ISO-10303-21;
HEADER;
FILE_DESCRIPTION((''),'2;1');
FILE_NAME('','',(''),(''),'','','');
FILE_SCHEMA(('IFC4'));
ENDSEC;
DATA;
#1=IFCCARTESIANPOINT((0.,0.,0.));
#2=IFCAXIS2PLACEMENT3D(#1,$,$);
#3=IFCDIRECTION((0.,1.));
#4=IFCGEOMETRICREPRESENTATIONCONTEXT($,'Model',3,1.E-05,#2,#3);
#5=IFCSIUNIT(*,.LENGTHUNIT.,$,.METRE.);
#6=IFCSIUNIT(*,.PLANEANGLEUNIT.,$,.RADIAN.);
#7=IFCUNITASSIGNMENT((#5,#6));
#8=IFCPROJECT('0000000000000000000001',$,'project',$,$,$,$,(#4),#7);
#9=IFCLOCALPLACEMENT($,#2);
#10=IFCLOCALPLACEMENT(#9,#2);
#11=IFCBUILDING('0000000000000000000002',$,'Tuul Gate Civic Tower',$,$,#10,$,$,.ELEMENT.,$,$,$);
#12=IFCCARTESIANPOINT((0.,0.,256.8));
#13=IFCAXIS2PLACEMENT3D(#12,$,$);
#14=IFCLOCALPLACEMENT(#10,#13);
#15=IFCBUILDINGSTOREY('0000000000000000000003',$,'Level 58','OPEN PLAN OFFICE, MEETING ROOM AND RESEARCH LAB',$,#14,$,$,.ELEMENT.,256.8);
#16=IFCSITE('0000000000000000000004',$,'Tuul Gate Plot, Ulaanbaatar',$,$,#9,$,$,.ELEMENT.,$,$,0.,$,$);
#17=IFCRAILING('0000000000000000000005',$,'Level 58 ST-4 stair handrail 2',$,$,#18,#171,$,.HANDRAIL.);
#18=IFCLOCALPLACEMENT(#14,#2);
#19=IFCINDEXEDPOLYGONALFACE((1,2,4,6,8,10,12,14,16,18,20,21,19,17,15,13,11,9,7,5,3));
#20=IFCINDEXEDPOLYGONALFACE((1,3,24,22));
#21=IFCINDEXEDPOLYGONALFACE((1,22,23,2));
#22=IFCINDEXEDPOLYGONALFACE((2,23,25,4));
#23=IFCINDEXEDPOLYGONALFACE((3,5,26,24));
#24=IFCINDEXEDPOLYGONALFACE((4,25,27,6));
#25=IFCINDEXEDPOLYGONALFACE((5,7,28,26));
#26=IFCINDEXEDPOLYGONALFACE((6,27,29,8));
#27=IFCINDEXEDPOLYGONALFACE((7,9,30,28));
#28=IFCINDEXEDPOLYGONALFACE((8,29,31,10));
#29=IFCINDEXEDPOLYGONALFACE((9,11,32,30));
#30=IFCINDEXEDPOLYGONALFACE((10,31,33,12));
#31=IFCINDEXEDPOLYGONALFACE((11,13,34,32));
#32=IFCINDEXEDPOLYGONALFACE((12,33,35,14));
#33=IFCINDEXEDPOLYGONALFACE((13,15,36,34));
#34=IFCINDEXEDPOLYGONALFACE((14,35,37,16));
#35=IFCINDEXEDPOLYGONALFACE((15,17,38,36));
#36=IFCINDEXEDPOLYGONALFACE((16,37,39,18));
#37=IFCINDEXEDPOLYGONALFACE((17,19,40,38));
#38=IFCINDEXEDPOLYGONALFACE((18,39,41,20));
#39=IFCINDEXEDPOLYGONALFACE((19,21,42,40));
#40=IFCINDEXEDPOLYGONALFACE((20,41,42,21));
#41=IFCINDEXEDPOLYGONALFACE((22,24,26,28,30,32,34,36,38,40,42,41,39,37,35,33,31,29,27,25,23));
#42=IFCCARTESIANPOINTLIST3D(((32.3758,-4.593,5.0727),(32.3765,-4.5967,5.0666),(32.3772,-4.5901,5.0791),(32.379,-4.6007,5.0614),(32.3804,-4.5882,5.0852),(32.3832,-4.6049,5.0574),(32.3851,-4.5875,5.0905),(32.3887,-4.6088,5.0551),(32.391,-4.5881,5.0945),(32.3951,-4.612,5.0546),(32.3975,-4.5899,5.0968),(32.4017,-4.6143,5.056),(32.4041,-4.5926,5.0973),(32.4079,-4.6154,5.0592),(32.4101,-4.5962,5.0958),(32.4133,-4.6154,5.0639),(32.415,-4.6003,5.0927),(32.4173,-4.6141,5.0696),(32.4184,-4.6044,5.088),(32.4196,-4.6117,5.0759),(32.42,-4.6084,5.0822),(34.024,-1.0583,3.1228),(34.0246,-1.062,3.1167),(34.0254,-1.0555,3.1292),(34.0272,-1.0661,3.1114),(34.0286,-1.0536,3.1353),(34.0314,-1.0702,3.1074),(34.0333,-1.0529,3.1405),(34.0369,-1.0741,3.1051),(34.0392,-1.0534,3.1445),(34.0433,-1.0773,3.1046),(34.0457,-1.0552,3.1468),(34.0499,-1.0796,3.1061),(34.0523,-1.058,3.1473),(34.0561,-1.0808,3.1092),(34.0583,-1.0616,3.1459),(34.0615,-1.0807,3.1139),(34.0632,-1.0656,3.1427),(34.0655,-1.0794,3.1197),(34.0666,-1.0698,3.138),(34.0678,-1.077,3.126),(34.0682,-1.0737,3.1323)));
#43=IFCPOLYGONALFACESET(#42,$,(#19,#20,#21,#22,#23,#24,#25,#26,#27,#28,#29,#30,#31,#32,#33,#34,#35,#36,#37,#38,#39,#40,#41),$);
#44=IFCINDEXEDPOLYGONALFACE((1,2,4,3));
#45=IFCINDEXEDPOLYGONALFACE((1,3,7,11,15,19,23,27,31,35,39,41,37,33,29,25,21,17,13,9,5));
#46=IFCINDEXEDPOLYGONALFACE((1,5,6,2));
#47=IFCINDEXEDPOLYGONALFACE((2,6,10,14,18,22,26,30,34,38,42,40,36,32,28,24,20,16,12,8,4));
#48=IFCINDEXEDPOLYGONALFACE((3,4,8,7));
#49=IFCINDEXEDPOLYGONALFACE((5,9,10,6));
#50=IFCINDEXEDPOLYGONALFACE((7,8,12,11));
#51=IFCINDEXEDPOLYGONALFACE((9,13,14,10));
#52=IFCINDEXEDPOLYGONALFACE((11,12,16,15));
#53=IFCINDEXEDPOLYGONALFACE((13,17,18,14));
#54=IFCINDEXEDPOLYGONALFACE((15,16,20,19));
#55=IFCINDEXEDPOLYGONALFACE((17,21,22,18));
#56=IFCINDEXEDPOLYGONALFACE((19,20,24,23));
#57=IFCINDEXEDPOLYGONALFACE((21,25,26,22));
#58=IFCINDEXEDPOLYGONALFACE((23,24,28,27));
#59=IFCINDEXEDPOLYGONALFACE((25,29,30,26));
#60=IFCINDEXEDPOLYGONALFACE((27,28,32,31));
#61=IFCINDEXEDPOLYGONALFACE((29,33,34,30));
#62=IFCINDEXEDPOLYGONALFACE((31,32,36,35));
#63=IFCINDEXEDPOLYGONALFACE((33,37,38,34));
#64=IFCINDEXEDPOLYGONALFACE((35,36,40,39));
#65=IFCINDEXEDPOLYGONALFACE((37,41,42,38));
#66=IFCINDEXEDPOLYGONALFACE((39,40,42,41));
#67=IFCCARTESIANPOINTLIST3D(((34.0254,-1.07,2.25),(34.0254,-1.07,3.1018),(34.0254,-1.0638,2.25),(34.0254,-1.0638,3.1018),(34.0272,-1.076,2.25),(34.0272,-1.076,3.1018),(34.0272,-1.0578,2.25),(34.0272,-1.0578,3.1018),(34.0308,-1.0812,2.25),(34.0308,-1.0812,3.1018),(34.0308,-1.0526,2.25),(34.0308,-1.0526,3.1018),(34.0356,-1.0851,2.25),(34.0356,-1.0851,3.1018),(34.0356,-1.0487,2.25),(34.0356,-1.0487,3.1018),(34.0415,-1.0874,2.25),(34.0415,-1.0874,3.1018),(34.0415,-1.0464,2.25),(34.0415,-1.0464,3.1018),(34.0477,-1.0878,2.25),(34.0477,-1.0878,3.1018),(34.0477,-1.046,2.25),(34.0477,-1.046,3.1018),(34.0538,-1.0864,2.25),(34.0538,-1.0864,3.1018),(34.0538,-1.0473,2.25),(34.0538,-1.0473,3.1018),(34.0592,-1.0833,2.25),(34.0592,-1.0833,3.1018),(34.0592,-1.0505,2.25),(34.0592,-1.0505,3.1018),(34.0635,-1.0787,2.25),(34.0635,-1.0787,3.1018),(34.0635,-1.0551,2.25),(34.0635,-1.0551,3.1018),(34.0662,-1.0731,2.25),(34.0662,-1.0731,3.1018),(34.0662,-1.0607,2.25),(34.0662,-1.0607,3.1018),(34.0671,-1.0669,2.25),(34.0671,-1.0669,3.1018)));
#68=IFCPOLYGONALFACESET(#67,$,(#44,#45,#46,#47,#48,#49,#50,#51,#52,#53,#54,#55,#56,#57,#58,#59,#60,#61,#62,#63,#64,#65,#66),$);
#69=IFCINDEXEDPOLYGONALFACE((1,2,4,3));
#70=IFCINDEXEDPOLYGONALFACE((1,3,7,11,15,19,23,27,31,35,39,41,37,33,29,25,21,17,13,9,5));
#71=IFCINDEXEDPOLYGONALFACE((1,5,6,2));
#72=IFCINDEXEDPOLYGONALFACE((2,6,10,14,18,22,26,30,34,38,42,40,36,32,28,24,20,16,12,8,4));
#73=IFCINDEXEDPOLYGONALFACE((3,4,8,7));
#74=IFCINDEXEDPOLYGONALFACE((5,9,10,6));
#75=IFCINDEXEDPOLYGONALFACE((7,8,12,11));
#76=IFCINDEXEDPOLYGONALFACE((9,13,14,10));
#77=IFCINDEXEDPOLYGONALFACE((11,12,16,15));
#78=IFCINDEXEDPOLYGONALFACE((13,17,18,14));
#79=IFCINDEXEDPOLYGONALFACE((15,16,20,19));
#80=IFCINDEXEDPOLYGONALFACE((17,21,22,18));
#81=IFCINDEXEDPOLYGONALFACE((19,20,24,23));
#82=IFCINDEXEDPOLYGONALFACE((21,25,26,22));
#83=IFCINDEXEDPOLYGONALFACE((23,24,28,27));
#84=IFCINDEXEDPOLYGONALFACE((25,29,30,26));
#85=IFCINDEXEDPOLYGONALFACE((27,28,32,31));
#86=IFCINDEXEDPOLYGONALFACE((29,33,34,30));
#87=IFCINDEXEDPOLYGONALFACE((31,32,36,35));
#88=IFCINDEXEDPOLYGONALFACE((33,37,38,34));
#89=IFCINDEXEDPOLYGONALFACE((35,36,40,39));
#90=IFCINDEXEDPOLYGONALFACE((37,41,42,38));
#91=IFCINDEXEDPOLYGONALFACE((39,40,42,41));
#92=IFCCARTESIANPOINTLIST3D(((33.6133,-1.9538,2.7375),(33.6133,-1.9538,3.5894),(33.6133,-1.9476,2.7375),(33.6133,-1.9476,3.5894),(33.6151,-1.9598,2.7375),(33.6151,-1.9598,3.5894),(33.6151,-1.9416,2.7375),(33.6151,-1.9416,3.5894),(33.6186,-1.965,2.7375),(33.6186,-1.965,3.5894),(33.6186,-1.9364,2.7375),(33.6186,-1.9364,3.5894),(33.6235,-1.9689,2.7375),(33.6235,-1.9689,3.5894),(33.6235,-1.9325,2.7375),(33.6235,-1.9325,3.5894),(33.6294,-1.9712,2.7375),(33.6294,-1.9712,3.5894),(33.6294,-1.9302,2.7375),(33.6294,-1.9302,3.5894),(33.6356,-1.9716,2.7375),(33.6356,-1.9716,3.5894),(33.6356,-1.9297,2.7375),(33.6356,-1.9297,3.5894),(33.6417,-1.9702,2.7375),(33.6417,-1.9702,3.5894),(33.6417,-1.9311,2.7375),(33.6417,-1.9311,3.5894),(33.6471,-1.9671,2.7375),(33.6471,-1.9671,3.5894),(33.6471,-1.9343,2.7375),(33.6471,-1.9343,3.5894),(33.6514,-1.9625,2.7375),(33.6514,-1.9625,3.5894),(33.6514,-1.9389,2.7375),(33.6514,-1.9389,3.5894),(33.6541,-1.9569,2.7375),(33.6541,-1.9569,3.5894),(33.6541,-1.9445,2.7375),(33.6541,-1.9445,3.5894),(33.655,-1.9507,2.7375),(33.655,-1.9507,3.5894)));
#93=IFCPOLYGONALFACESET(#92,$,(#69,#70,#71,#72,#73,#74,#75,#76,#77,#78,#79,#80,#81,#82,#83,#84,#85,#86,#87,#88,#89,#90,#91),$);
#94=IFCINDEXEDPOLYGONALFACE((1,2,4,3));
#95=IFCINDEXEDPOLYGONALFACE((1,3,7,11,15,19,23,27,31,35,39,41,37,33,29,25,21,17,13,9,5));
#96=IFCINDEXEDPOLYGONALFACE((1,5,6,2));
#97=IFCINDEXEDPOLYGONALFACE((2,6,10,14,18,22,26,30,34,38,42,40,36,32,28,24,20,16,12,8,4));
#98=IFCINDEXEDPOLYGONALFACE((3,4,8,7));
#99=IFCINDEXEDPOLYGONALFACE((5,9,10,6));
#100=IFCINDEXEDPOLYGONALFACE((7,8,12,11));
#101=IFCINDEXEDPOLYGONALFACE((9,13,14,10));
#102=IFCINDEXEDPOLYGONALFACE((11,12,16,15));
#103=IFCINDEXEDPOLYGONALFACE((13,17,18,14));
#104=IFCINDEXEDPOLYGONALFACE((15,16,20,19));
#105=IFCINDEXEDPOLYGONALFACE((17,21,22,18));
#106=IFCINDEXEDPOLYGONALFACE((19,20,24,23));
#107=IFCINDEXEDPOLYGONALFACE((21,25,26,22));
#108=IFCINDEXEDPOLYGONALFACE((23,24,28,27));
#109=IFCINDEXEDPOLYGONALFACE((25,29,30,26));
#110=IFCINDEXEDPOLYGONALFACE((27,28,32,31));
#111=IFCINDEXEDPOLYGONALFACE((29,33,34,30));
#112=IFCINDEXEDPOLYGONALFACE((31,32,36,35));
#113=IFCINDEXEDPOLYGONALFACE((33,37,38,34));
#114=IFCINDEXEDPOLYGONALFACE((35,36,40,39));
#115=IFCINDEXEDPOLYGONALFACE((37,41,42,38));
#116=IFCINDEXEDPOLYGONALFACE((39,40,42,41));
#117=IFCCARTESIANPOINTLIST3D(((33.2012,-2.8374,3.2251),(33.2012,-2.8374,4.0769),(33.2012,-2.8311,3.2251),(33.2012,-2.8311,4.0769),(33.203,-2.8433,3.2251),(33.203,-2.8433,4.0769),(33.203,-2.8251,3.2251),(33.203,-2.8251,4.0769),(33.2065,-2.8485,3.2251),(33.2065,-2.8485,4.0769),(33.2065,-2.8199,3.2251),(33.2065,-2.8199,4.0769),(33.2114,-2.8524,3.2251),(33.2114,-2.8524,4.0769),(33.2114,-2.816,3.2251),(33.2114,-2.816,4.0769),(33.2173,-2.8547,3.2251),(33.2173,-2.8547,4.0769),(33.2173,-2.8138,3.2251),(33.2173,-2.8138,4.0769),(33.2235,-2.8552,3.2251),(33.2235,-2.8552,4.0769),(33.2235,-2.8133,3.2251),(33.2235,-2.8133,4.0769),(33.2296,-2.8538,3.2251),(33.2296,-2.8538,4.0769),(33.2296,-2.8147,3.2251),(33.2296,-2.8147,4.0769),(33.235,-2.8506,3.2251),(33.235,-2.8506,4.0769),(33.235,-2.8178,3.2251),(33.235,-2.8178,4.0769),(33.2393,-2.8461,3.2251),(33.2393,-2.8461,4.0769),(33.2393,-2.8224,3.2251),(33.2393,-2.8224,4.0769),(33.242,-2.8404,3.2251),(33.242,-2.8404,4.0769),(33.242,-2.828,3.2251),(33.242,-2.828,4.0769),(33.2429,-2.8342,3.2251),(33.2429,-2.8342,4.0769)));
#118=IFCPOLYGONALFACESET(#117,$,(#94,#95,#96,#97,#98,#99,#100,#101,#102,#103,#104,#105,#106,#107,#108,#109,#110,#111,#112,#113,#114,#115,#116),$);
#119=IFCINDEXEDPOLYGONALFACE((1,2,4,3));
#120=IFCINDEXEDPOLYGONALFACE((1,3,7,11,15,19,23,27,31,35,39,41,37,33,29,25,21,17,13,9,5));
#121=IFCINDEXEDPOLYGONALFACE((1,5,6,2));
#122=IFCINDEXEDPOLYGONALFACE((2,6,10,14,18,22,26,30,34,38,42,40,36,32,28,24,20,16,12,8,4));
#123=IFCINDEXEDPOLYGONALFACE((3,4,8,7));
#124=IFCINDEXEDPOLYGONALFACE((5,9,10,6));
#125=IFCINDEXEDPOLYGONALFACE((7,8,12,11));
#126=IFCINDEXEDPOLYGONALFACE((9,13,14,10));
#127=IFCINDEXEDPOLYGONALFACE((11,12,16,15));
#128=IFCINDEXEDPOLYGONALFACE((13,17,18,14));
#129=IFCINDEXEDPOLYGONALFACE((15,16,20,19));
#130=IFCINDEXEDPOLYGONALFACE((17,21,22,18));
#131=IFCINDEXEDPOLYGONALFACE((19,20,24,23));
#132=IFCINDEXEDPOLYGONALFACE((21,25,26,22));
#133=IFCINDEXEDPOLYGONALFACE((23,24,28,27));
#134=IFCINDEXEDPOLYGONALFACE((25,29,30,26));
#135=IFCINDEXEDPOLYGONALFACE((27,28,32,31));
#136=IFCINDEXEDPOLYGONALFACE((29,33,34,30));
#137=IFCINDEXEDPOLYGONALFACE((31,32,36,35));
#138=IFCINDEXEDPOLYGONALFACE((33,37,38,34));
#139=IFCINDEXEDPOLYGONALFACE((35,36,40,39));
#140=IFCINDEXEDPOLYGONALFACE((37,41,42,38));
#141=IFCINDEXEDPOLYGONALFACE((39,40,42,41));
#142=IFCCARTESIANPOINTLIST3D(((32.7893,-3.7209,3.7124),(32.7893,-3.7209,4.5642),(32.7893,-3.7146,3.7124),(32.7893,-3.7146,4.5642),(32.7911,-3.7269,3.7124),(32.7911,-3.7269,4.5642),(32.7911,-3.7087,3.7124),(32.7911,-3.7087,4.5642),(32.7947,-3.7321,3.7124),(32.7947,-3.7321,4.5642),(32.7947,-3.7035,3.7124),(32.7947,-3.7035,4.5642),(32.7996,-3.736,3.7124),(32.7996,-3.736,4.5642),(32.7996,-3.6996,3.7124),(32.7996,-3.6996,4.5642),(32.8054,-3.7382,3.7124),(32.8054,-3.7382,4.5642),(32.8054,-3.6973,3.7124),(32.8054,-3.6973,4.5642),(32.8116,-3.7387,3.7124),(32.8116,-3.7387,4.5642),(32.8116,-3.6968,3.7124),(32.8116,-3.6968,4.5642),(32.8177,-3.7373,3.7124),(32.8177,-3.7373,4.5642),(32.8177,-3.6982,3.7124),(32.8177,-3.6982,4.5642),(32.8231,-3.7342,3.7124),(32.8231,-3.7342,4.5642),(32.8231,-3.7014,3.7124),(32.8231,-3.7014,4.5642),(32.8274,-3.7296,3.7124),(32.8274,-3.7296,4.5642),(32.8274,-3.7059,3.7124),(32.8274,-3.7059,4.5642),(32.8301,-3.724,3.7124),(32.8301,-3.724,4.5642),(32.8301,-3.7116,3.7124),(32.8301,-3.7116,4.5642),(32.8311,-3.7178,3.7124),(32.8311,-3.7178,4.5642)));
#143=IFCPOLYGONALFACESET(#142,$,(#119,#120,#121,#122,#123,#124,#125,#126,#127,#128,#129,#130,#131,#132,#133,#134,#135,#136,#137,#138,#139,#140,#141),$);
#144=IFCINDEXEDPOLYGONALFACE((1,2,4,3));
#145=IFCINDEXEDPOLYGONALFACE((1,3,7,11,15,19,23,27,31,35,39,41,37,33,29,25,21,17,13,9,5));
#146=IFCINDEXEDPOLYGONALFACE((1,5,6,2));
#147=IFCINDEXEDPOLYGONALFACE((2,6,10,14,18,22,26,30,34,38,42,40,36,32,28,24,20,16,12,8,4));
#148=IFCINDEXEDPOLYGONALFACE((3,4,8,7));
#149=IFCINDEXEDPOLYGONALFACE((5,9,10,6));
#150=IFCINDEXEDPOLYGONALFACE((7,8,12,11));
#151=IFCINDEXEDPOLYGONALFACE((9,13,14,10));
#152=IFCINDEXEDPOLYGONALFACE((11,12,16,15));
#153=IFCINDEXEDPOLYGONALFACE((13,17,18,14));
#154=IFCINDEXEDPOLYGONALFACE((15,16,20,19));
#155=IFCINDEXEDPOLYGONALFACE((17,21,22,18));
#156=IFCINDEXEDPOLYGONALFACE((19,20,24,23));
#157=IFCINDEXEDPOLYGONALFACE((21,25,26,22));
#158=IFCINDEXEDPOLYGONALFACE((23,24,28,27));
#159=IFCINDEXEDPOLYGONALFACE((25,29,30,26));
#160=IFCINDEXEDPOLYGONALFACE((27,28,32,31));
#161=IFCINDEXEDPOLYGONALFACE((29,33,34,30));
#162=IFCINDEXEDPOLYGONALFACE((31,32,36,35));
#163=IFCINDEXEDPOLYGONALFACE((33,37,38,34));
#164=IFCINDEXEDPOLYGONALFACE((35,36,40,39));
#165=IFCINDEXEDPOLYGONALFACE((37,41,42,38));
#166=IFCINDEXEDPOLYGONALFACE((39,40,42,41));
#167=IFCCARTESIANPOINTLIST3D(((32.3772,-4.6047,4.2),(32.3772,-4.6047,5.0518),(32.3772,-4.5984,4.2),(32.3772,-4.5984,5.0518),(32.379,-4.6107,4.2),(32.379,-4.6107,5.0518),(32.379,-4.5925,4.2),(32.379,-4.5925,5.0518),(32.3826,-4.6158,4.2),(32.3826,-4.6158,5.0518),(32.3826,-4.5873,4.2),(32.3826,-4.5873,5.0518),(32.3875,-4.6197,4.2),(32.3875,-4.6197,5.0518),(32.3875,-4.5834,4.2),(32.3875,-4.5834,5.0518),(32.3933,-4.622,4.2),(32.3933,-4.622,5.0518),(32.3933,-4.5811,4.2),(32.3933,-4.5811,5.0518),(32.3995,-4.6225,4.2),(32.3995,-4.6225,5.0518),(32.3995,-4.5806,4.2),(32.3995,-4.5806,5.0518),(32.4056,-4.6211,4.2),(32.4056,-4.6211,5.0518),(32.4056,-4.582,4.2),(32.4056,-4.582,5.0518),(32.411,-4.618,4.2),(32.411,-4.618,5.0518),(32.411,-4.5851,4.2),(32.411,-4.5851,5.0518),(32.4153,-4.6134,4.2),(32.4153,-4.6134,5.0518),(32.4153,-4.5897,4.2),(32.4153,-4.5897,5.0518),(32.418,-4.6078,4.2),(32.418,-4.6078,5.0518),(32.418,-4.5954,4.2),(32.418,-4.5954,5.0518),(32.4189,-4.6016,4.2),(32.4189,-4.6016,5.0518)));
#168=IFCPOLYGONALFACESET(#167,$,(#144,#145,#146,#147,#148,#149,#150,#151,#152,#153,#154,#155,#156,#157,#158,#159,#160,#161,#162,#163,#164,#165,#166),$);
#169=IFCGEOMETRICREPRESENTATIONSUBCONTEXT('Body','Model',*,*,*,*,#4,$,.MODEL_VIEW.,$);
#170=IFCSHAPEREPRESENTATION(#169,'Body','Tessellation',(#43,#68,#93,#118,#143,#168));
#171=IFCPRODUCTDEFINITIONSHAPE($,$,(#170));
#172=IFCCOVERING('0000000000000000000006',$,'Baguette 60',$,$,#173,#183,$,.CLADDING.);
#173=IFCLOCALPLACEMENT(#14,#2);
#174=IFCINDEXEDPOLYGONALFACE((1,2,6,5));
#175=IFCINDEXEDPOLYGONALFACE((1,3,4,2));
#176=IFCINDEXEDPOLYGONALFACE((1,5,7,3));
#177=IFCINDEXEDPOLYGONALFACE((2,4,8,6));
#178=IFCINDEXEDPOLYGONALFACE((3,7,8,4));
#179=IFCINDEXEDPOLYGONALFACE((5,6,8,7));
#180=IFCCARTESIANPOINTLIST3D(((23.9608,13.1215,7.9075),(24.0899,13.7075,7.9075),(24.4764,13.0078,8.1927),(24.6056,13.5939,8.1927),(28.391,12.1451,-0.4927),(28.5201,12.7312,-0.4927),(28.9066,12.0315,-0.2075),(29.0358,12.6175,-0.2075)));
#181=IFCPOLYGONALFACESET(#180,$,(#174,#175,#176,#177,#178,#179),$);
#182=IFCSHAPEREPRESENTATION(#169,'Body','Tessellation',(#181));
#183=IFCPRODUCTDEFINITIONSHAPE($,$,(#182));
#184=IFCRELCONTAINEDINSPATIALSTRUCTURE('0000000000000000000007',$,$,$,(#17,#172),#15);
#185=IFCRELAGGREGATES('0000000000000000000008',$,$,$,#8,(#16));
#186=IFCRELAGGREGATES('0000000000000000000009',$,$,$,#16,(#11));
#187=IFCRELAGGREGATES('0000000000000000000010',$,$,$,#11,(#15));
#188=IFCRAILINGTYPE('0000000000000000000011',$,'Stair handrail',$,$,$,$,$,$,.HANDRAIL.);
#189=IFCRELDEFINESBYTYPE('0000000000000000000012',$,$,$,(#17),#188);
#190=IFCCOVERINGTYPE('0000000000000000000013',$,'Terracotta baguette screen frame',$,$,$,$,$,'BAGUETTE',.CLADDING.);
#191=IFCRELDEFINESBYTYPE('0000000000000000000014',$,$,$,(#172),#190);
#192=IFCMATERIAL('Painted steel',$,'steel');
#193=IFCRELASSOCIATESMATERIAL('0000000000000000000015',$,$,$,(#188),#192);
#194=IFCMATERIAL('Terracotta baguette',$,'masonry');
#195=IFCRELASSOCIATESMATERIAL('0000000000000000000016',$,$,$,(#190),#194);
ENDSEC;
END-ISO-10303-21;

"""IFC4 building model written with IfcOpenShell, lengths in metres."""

from ifc_helpers import new_model, si_unit, direction, frame, origin, origin_2d, place, context, subcontext, project, spatial, rectangle, circle, extrude, material, material_profile, profile_set, type_object, element, save


model = new_model("IFC4")

# Units and contexts
model_context = context("Model", 3, precision=1e-05, world=origin(), true_north=direction((0.0, 1.0)))
body_context = subcontext(model_context, "Body", "Model", "MODEL_VIEW")
ifc_project = project(units=[si_unit("LENGTHUNIT", "METRE"), si_unit("PLANEANGLEUNIT", "RADIAN")], contexts=[model_context])

# Site, building, storey
site_placement = place(None, origin())
site = spatial("IfcSite", under=ifc_project, at=site_placement, Name="Tuul Gate Plot, Ulaanbaatar", CompositionType="ELEMENT", RefElevation=0.0)
building_placement = place(site_placement, origin())
building = spatial("IfcBuilding", under=site, at=building_placement, Name="Tuul Gate Civic Tower", CompositionType="ELEMENT")
storey_placement = place(building_placement, frame((0.0, 0.0, 256.8)))
storey = spatial("IfcBuildingStorey", under=building, at=storey_placement, Name="Level 58", Description="OPEN PLAN OFFICE, MEETING ROOM AND RESEARCH LAB", CompositionType="ELEMENT", Elevation=256.8)

# Railing
ifc_material_1 = material(Name="Painted steel", Category="steel")
railing_type = type_object("IfcRailingType", Name="Stair handrail", PredefinedType="HANDRAIL", material=ifc_material_1)
railing_placement = place(storey_placement, frame((34.0461, -1.0669, 2.25)))
element("IfcRailing", 1, at=railing_placement, inside=storey, type_object=railing_type, Name="Level 58 ST-4 stair handrail 2", PredefinedType="HANDRAIL", context=body_context, shape_type="SweptSolid", body=[
    extrude(circle(Radius=0.0239, at=origin_2d()), frame((0.0, 0.0, 0.876), z_axis=(-0.377995, -0.810637, 0.4472), x_axis=(0.906313, -0.422608, 0.0)), (0.0, 0.0, 1.0), 4.3604),
    extrude(circle(Radius=0.021, at=origin_2d()), origin(), (0.0, 0.0, 1.0), 0.8518),
    extrude(circle(Radius=0.021, at=origin_2d()), frame((-0.4121, -0.8838, 0.4875)), (0.0, 0.0, 1.0), 0.8518),
    extrude(circle(Radius=0.021, at=origin_2d()), frame((-0.8242, -1.7673, 0.9751)), (0.0, 0.0, 1.0), 0.8518),
    extrude(circle(Radius=0.021, at=origin_2d()), frame((-1.2361, -2.6509, 1.4624)), (0.0, 0.0, 1.0), 0.8518),
    extrude(circle(Radius=0.021, at=origin_2d()), frame((-1.6482, -3.5347, 1.95)), (0.0, 0.0, 1.0), 0.8518),
])

# Covering
ifc_material_2 = material(Name="Terracotta baguette", Category="masonry")
ifc_material_profile_1 = material_profile(ifc_material_2, rectangle(XDim=0.6001, YDim=0.6001, at=origin_2d()), Name="Terracotta baguette screen frame")
ifc_profile_set_1 = profile_set([ifc_material_profile_1], Name="Terracotta baguette")
covering_type = type_object("IfcCoveringType", Name="Terracotta baguette screen frame", ElementType="BAGUETTE", PredefinedType="CLADDING", material=ifc_profile_set_1)
covering_placement = place(storey_placement, frame((28.7134, 12.3813, -0.3501), z_axis=(-0.464046, 0.102266, 0.879888), x_axis=(-0.215215, -0.976567, 0.0)))
element("IfcCovering", 2, at=covering_placement, inside=storey, type_object=covering_type, Name="Baguette 60", PredefinedType="CLADDING", context=body_context, shape_type="SweptSolid", body=[
    extrude(rectangle(XDim=0.6001, YDim=0.6001, at=origin_2d()), origin(), (0.0, 0.0, 1.0), 9.5469),
])

save(model, "model.ifc")
